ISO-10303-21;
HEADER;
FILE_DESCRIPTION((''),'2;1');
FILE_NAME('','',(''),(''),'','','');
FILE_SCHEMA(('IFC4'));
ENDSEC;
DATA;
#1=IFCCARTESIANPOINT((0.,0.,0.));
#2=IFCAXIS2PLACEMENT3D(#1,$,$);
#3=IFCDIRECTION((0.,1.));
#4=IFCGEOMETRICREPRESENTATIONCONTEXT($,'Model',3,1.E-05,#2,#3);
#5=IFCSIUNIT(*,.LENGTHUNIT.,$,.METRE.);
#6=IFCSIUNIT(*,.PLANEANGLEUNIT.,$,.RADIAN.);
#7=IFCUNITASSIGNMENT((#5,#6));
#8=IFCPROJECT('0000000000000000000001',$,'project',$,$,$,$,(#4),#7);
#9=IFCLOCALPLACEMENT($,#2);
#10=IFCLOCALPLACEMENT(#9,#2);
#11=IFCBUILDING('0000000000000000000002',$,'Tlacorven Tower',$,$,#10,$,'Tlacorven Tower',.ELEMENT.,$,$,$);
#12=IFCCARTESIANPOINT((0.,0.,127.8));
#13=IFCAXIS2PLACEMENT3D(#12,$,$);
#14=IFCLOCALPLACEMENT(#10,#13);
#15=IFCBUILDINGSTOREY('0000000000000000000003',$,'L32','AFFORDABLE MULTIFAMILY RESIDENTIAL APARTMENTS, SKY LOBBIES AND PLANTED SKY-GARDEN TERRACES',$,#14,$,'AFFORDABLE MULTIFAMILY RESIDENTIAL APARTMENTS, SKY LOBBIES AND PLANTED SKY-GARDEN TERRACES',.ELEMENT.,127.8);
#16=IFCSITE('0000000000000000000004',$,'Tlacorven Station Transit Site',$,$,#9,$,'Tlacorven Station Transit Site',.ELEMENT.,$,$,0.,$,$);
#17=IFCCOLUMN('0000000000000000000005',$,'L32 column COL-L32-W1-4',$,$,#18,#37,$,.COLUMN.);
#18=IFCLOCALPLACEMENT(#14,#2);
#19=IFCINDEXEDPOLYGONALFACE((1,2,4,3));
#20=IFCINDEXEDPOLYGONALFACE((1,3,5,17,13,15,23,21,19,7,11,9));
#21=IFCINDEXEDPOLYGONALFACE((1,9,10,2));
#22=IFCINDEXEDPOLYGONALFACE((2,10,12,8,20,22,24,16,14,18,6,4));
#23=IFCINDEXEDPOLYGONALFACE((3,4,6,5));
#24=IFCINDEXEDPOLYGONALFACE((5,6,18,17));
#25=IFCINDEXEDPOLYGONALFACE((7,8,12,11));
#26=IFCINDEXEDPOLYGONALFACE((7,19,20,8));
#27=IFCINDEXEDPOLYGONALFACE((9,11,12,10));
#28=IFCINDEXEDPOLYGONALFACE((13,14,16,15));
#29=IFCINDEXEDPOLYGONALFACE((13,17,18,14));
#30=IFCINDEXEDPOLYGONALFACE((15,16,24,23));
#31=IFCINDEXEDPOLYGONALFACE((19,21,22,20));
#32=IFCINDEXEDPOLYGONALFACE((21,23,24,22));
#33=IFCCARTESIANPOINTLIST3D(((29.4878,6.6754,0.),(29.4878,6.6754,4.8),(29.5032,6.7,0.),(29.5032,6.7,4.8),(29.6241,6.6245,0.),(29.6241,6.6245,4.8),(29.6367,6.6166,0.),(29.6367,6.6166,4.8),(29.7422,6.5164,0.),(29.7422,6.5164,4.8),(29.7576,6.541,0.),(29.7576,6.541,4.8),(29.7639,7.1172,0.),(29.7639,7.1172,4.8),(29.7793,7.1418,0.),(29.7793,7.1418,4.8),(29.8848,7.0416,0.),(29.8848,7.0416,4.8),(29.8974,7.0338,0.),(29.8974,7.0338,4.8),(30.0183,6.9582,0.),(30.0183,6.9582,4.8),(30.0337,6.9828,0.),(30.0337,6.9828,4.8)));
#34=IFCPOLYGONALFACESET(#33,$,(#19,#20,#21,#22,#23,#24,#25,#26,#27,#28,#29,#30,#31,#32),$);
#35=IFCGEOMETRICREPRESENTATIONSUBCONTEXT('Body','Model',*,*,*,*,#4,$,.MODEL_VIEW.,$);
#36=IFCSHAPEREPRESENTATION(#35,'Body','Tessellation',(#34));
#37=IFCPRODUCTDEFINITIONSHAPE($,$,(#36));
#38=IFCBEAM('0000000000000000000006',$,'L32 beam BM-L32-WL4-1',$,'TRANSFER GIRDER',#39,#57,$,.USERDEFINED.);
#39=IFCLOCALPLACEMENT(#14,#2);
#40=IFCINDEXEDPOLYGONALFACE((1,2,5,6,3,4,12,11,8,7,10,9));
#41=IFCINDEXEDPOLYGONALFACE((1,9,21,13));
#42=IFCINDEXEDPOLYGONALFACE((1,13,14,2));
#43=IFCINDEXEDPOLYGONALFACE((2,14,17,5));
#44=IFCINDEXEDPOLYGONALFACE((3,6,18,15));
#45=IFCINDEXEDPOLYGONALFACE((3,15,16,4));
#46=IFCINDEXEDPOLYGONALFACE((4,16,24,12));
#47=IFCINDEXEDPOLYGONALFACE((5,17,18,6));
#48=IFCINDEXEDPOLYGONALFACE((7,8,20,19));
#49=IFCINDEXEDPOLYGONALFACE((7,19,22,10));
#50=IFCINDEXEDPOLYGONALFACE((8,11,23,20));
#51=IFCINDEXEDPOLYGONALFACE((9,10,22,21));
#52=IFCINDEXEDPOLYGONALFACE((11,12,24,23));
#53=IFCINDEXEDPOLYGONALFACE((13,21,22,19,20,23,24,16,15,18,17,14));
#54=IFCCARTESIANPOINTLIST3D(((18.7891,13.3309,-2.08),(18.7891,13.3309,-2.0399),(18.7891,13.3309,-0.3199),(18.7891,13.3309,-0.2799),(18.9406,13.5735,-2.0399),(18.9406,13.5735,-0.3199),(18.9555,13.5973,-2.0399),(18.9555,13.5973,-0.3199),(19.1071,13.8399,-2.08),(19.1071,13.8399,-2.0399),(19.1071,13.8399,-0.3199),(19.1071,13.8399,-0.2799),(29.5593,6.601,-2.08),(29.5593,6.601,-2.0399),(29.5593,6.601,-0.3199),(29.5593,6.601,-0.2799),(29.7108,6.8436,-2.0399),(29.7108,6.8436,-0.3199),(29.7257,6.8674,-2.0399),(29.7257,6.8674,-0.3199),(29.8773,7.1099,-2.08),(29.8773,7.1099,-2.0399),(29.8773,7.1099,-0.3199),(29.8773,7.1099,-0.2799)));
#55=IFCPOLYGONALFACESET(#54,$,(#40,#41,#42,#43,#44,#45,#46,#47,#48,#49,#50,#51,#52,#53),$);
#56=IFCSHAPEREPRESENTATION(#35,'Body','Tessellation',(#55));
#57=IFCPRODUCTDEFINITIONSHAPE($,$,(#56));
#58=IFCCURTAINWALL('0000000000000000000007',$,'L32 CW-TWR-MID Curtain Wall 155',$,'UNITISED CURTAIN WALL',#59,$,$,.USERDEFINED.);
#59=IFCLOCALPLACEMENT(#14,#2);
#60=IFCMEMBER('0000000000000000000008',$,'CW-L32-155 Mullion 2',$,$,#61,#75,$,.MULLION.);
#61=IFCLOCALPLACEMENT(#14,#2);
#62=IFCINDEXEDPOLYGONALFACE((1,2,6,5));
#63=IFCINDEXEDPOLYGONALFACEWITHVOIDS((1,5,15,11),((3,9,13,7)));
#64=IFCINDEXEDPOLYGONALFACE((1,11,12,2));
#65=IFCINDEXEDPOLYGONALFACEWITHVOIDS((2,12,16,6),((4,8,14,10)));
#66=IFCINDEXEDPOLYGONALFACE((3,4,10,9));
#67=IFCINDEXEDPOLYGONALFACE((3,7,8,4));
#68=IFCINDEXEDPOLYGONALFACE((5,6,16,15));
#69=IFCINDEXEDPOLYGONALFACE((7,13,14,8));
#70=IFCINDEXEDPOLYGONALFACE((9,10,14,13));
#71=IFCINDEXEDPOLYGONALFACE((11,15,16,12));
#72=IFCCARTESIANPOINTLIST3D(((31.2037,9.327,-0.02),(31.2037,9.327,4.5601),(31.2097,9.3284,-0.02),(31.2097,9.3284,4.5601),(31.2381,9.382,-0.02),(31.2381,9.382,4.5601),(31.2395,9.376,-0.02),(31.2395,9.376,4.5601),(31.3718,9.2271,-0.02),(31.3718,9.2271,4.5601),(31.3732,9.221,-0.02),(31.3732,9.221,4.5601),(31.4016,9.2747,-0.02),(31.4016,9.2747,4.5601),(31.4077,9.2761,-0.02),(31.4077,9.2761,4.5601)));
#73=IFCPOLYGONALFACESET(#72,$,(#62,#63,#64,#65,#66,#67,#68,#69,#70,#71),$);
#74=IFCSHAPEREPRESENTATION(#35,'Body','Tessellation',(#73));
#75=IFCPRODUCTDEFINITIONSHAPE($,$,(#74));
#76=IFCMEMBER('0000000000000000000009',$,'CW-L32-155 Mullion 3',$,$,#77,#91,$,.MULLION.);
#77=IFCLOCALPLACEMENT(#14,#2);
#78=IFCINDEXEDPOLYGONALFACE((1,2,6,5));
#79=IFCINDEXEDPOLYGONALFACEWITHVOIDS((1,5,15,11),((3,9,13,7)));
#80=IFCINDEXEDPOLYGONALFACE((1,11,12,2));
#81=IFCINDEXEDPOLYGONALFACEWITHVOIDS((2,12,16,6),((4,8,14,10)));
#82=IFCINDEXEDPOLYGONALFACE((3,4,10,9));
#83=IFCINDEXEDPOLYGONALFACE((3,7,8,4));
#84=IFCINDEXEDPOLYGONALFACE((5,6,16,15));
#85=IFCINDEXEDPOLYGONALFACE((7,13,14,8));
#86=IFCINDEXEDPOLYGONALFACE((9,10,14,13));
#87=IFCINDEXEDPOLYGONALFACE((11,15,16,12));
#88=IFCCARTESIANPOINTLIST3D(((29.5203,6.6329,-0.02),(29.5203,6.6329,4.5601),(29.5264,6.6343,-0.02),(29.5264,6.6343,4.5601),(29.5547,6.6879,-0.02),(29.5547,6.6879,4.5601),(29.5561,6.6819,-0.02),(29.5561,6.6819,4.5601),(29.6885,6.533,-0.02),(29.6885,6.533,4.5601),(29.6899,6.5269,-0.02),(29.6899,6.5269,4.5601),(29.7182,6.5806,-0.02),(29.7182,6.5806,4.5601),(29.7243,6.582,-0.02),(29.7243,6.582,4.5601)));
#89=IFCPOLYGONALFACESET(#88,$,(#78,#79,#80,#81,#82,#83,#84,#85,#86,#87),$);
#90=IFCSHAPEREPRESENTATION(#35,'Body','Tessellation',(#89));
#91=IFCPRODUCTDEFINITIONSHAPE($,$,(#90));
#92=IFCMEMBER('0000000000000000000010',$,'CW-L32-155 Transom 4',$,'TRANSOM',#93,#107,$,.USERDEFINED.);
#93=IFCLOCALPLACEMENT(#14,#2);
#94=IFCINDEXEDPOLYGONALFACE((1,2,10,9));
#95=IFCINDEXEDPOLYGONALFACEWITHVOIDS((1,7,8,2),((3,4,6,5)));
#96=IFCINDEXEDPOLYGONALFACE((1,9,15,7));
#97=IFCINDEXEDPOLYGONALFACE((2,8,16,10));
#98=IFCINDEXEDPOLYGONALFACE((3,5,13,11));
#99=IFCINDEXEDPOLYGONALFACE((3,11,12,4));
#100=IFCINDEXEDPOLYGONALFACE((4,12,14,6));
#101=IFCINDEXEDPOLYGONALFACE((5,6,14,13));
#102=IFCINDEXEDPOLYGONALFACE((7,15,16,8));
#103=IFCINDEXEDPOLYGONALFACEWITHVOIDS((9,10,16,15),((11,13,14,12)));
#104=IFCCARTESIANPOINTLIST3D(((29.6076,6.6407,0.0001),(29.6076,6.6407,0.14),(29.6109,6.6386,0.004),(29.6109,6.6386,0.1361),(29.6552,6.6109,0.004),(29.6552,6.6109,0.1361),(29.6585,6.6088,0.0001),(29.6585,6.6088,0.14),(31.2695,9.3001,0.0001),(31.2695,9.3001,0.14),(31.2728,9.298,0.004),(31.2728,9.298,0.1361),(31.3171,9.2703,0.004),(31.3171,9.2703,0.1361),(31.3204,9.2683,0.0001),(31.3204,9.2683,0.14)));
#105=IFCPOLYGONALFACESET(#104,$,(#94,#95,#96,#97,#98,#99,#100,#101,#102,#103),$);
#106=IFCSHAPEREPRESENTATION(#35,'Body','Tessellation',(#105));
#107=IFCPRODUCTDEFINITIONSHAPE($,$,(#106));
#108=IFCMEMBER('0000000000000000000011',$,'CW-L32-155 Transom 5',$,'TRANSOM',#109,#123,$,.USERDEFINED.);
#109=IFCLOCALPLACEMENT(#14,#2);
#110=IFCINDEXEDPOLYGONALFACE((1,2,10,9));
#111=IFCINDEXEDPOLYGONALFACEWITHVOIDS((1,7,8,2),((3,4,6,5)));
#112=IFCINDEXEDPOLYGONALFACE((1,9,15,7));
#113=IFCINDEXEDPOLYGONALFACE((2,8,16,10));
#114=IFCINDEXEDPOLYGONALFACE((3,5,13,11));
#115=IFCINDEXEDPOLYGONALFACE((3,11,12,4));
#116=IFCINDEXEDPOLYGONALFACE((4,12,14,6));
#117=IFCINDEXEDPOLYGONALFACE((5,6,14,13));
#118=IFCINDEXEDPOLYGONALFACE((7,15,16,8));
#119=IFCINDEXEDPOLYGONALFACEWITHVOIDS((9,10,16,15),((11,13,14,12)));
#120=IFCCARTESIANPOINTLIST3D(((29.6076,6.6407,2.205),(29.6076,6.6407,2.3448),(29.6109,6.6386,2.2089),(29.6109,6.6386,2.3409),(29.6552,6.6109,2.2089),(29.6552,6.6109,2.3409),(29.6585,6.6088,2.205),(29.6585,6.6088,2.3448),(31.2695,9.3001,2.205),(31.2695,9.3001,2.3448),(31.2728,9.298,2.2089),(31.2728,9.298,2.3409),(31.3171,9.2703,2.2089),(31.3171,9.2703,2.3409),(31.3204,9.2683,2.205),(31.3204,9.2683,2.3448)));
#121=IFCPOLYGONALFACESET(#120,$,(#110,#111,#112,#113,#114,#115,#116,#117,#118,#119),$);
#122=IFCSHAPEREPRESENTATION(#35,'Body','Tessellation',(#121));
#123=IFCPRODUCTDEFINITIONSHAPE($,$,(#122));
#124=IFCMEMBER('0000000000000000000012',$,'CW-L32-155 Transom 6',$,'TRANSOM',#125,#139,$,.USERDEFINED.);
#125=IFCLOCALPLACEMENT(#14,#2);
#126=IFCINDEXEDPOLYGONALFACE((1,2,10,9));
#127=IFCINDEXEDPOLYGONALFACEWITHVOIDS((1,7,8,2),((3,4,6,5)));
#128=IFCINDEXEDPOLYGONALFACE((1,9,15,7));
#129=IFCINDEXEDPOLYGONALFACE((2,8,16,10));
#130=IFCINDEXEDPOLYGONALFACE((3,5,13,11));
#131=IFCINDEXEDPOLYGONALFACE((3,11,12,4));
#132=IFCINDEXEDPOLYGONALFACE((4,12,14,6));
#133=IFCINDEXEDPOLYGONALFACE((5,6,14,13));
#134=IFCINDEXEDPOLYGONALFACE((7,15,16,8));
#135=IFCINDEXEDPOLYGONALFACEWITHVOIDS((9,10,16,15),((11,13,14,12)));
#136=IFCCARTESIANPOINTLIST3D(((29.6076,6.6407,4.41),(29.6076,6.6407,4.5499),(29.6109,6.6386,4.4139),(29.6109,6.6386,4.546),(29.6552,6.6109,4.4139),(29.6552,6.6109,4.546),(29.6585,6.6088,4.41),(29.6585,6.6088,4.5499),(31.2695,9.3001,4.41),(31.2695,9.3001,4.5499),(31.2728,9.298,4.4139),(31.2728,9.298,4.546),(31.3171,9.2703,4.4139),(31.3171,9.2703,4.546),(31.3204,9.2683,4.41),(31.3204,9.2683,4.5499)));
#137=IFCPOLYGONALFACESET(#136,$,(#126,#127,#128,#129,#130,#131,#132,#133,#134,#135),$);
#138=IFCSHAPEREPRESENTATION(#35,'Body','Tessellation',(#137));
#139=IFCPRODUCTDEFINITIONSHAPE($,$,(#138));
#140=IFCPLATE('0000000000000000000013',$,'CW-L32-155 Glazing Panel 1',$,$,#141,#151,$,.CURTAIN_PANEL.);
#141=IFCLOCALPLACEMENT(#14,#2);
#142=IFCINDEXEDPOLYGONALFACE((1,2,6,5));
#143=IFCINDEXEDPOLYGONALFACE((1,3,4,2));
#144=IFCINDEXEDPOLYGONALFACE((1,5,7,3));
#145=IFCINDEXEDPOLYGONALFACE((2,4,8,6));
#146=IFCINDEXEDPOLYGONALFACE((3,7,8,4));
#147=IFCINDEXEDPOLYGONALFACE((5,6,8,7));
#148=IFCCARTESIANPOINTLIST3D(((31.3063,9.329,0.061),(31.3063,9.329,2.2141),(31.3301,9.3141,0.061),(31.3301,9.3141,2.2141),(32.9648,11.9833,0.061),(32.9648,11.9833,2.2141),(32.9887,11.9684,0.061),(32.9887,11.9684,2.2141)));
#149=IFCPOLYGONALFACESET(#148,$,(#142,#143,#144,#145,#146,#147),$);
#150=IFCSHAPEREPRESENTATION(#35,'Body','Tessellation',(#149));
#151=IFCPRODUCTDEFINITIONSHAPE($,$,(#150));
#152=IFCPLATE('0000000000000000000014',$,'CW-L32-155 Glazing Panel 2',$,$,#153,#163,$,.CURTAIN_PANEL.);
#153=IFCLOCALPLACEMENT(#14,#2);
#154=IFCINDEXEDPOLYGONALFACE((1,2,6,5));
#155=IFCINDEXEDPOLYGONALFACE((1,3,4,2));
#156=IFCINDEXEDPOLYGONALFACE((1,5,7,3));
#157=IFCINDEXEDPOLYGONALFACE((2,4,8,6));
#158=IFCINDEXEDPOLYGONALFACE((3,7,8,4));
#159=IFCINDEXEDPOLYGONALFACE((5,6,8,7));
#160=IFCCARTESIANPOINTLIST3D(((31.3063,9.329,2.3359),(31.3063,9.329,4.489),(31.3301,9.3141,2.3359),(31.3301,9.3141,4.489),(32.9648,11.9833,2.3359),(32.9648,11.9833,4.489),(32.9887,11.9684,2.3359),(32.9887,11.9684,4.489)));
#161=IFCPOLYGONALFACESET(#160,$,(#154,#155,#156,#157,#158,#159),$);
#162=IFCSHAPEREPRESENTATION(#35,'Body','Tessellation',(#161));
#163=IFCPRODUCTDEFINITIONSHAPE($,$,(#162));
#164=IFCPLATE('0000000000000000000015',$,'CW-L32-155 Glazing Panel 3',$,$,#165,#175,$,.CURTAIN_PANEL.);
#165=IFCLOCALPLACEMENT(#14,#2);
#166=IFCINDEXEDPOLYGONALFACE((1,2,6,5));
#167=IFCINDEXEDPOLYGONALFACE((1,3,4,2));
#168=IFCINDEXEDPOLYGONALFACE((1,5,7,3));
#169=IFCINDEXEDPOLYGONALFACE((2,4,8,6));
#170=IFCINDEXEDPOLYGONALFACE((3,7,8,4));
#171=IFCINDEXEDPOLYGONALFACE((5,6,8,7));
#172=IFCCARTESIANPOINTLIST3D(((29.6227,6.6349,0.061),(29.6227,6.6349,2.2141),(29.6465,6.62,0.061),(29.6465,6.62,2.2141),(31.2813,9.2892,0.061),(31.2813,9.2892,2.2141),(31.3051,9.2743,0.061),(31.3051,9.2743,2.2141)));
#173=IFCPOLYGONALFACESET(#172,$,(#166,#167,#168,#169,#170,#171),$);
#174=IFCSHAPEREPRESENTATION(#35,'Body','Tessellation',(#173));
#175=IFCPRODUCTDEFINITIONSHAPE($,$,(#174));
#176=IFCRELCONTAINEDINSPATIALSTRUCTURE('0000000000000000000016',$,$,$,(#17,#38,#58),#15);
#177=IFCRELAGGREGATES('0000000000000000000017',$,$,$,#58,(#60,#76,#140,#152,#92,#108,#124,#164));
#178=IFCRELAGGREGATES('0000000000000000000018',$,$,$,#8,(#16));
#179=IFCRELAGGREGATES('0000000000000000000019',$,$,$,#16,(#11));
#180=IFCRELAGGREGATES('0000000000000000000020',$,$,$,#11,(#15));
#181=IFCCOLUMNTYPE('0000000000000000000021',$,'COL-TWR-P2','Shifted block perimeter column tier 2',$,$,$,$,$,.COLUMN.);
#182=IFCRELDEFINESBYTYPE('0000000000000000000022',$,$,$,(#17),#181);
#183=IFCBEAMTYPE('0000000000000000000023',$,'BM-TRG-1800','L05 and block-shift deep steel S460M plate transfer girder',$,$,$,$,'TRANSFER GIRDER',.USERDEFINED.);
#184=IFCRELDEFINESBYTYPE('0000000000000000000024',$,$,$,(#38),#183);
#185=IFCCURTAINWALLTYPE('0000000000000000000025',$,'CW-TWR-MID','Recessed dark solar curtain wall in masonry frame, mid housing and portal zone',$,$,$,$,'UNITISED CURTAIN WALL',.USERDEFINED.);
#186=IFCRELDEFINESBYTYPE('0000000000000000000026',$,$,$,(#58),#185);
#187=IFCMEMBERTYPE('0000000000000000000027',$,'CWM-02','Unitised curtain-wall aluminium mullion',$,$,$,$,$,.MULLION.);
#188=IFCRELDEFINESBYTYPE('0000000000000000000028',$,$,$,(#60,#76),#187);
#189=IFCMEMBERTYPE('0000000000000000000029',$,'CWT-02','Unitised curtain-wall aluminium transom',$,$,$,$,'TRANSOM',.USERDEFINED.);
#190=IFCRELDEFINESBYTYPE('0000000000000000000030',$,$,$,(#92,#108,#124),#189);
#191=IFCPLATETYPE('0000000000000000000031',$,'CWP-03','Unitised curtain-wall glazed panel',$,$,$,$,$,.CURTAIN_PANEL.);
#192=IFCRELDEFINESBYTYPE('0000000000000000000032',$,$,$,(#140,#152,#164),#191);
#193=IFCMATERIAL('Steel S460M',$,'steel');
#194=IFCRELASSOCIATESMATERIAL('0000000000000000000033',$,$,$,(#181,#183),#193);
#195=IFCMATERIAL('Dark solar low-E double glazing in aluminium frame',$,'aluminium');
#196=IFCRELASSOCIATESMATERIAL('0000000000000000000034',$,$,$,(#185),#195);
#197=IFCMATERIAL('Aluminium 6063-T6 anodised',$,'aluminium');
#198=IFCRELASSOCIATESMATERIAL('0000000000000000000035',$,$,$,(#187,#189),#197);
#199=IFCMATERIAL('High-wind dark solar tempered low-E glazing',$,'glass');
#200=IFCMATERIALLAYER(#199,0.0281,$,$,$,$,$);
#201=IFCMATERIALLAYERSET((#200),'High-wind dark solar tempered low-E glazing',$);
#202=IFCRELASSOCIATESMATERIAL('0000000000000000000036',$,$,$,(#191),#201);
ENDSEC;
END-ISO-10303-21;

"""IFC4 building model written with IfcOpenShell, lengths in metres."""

from ifc_helpers import new_model, si_unit, direction, frame, origin, origin_2d, place, context, subcontext, project, spatial, rectangle, hollow_rectangle, i_section, extrude, source, transform, mapped, material, layer, layer_set, material_profile, profile_set, type_object, element, aggregate, save


model = new_model("IFC4")

# Units and contexts
model_context = context("Model", 3, precision=1e-05, world=origin(), true_north=direction((0.0, 1.0)))
body_context = subcontext(model_context, "Body", "Model", "MODEL_VIEW")
ifc_project = project(units=[si_unit("LENGTHUNIT", "METRE"), si_unit("PLANEANGLEUNIT", "RADIAN")], contexts=[model_context])

# Site, building, storey
site_placement = place(None, origin())
site = spatial("IfcSite", under=ifc_project, at=site_placement, Name="Tlacorven Station Transit Site", LongName="Tlacorven Station Transit Site", CompositionType="ELEMENT", RefElevation=0.0)
building_placement = place(site_placement, origin())
building = spatial("IfcBuilding", under=site, at=building_placement, Name="Tlacorven Tower", LongName="Tlacorven Tower", CompositionType="ELEMENT")
storey_placement = place(building_placement, frame((0.0, 0.0, 127.8)))
storey = spatial("IfcBuildingStorey", under=building, at=storey_placement, Name="L32", Description="AFFORDABLE MULTIFAMILY RESIDENTIAL APARTMENTS, SKY LOBBIES AND PLANTED SKY-GARDEN TERRACES", LongName="AFFORDABLE MULTIFAMILY RESIDENTIAL APARTMENTS, SKY LOBBIES AND PLANTED SKY-GARDEN TERRACES", CompositionType="ELEMENT", Elevation=127.8)

# Column
ifc_material_1 = material(Name="Steel S460M", Category="steel")
ifc_material_profile_1 = material_profile(ifc_material_1, i_section(OverallWidth=0.3, OverallDepth=0.55, WebThickness=0.0149, FlangeThickness=0.0291, at=origin_2d()), Name="HEB 550")
ifc_profile_set_1 = profile_set([ifc_material_profile_1], Name="Steel S460M")
column_type = type_object("IfcColumnType", Name="COL-TWR-P2", Description="Shifted block perimeter column tier 2", PredefinedType="COLUMN", material=ifc_profile_set_1)
shared_shape_1 = source(origin(), body_context, "Body", "SweptSolid", [
    extrude(i_section(OverallWidth=0.3, OverallDepth=0.55, WebThickness=0.0149, FlangeThickness=0.0291, at=origin_2d()), origin(), (0.0, 0.0, 1.0), 4.8),
])
column_placement = place(storey_placement, frame((29.7607, 6.8291, 0.0), z_axis=(0.0, 0.0, 1.0), x_axis=(-0.848048, 0.529919, 0.0)))
element("IfcColumn", 1, at=column_placement, inside=storey, type_object=column_type, Name="L32 column COL-L32-W1-4", PredefinedType="COLUMN", context=body_context, shape_type="MappedRepresentation", body=[
    mapped(shared_shape_1, transform((0.0, 0.0, 0.0), scale=1.0)),
])

# Beam
ifc_material_profile_2 = material_profile(ifc_material_1, i_section(OverallWidth=0.6001, OverallDepth=1.8, WebThickness=0.0281, FlangeThickness=0.04, at=origin_2d()), Name="PG 1800X600X28X40")
ifc_profile_set_2 = profile_set([ifc_material_profile_2], Name="Steel S460M")
beam_type = type_object("IfcBeamType", Name="BM-TRG-1800", Description="L05 and block-shift deep steel S460M plate transfer girder", ElementType="TRANSFER GIRDER", PredefinedType="USERDEFINED", material=ifc_profile_set_2)
shared_shape_2 = source(origin(), body_context, "Body", "SweptSolid", [
    extrude(i_section(OverallWidth=0.6001, OverallDepth=1.8, WebThickness=0.0281, FlangeThickness=0.04, at=origin_2d()), origin(), (0.0, 0.0, 1.0), 12.7),
])
beam_placement = place(storey_placement, frame((29.7183, 6.8555, -1.1799), z_axis=(-0.848049, 0.529918, 0.0), x_axis=(-0.529918, -0.848049, 0.0)))
element("IfcBeam", 2, at=beam_placement, inside=storey, type_object=beam_type, Name="L32 beam BM-L32-WL4-1", ObjectType="TRANSFER GIRDER", PredefinedType="USERDEFINED", context=body_context, shape_type="MappedRepresentation", body=[
    mapped(shared_shape_2, transform((0.0, 0.0, 0.0), scale=1.0)),
])

# Curtain wall, members, plates
ifc_material_2 = material(Name="Dark solar low-E double glazing in aluminium frame", Category="aluminium")
curtain_wall_type = type_object("IfcCurtainWallType", Name="CW-TWR-MID", Description="Recessed dark solar curtain wall in masonry frame, mid housing and portal zone", ElementType="UNITISED CURTAIN WALL", PredefinedType="USERDEFINED", material=ifc_material_2)
curtain_wall_placement = place(storey_placement, origin())
curtain_wall = element("IfcCurtainWall", 3, at=curtain_wall_placement, inside=storey, type_object=curtain_wall_type, Name="L32 CW-TWR-MID Curtain Wall 155", ObjectType="UNITISED CURTAIN WALL", PredefinedType="USERDEFINED")
ifc_material_3 = material(Name="Aluminium 6063-T6 anodised", Category="aluminium")
ifc_material_profile_3 = material_profile(ifc_material_3, hollow_rectangle(XDim=0.0649, YDim=0.2, WallThickness=0.0044, at=origin_2d()), Name="ALU MULLION 65X200")
ifc_profile_set_3 = profile_set([ifc_material_profile_3], Name="Aluminium 6063-T6 anodised")
member_type_1 = type_object("IfcMemberType", Name="CWM-02", Description="Unitised curtain-wall aluminium mullion", PredefinedType="MULLION", material=ifc_profile_set_3)
shared_shape_3 = source(origin(), body_context, "Body", "SweptSolid", [
    extrude(hollow_rectangle(XDim=0.0649, YDim=0.2, WallThickness=0.0044, at=origin_2d()), origin(), (0.0, 0.0, 1.0), 4.5801),
])
member_1_placement = place(storey_placement, frame((31.3057, 9.3015, -0.02), z_axis=(0.0, 0.0, 1.0), x_axis=(-0.529919, -0.848048, 0.0)))
member_1 = element("IfcMember", 4, at=member_1_placement, type_object=member_type_1, Name="CW-L32-155 Mullion 2", PredefinedType="MULLION", context=body_context, shape_type="MappedRepresentation", body=[
    mapped(shared_shape_3, transform((0.0, 0.0, 0.0), scale=1.0)),
])
member_2_placement = place(storey_placement, frame((29.6223, 6.6074, -0.02), z_axis=(0.0, 0.0, 1.0), x_axis=(-0.529919, -0.848048, 0.0)))
member_2 = element("IfcMember", 5, at=member_2_placement, type_object=member_type_1, Name="CW-L32-155 Mullion 3", PredefinedType="MULLION", context=body_context, shape_type="MappedRepresentation", body=[
    mapped(shared_shape_3, transform((0.0, 0.0, 0.0), scale=1.0)),
])
ifc_material_profile_4 = material_profile(ifc_material_3, hollow_rectangle(XDim=0.0601, YDim=0.1399, WallThickness=0.0039, at=origin_2d()), Name="ALU TRANSOM 60X140")
ifc_profile_set_4 = profile_set([ifc_material_profile_4], Name="Aluminium 6063-T6 anodised")
member_type_2 = type_object("IfcMemberType", Name="CWT-02", Description="Unitised curtain-wall aluminium transom", ElementType="TRANSOM", PredefinedType="USERDEFINED", material=ifc_profile_set_4)
shared_shape_4 = source(origin(), body_context, "Body", "SweptSolid", [
    extrude(hollow_rectangle(XDim=0.0601, YDim=0.1399, WallThickness=0.0039, at=origin_2d()), origin(), (0.0, 0.0, 1.0), 3.136),
])
member_3_placement = place(storey_placement, frame((31.2949, 9.2842, 0.0701), z_axis=(-0.529936, -0.848038, 0.0), x_axis=(0.848038, -0.529936, 0.0)))
member_3 = element("IfcMember", 6, at=member_3_placement, type_object=member_type_2, Name="CW-L32-155 Transom 4", ObjectType="TRANSOM", PredefinedType="USERDEFINED", context=body_context, shape_type="MappedRepresentation", body=[
    mapped(shared_shape_4, transform((0.0, 0.0, 0.0), scale=1.0)),
])
member_4_placement = place(storey_placement, frame((31.2949, 9.2842, 2.2749), z_axis=(-0.529936, -0.848038, 0.0), x_axis=(0.848038, -0.529936, 0.0)))
member_4 = element("IfcMember", 7, at=member_4_placement, type_object=member_type_2, Name="CW-L32-155 Transom 5", ObjectType="TRANSOM", PredefinedType="USERDEFINED", context=body_context, shape_type="MappedRepresentation", body=[
    mapped(shared_shape_4, transform((0.0, 0.0, 0.0), scale=1.0)),
])
member_5_placement = place(storey_placement, frame((31.2949, 9.2842, 4.48), z_axis=(-0.529936, -0.848038, 0.0), x_axis=(0.848038, -0.529936, 0.0)))
member_5 = element("IfcMember", 8, at=member_5_placement, type_object=member_type_2, Name="CW-L32-155 Transom 6", ObjectType="TRANSOM", PredefinedType="USERDEFINED", context=body_context, shape_type="MappedRepresentation", body=[
    mapped(shared_shape_4, transform((0.0, 0.0, 0.0), scale=1.0)),
])
ifc_material_4 = material(Name="High-wind dark solar tempered low-E glazing", Category="glass")
ifc_layer_1 = layer(ifc_material_4, 0.0281)
ifc_layer_set_1 = layer_set([ifc_layer_1], Name="High-wind dark solar tempered low-E glazing")
plate_type = type_object("IfcPlateType", Name="CWP-03", Description="Unitised curtain-wall glazed panel", PredefinedType="CURTAIN_PANEL", material=ifc_layer_set_1)
shared_shape_5 = source(origin(), body_context, "Body", "SweptSolid", [
    extrude(rectangle(XDim=3.1299, YDim=0.0281, at=origin_2d()), origin(), (0.0, 0.0, 1.0), 2.1531),
])
plate_1_placement = place(storey_placement, frame((32.1475, 10.6487, 0.061), z_axis=(0.0, 0.0, 1.0), x_axis=(-0.529919, -0.848048, 0.0)))
plate_1 = element("IfcPlate", 9, at=plate_1_placement, type_object=plate_type, Name="CW-L32-155 Glazing Panel 1", PredefinedType="CURTAIN_PANEL", context=body_context, shape_type="MappedRepresentation", body=[
    mapped(shared_shape_5, transform((0.0, 0.0, 0.0), scale=1.0)),
])
plate_2_placement = place(storey_placement, frame((32.1475, 10.6487, 2.3359), z_axis=(0.0, 0.0, 1.0), x_axis=(-0.529919, -0.848048, 0.0)))
plate_2 = element("IfcPlate", 10, at=plate_2_placement, type_object=plate_type, Name="CW-L32-155 Glazing Panel 2", PredefinedType="CURTAIN_PANEL", context=body_context, shape_type="MappedRepresentation", body=[
    mapped(shared_shape_5, transform((0.0, 0.0, 0.0), scale=1.0)),
])
plate_3_placement = place(storey_placement, frame((30.4639, 7.9546, 0.061), z_axis=(0.0, 0.0, 1.0), x_axis=(-0.529919, -0.848048, 0.0)))
plate_3 = element("IfcPlate", 11, at=plate_3_placement, type_object=plate_type, Name="CW-L32-155 Glazing Panel 3", PredefinedType="CURTAIN_PANEL", context=body_context, shape_type="MappedRepresentation", body=[
    mapped(shared_shape_5, transform((0.0, 0.0, 0.0), scale=1.0)),
])
aggregate(curtain_wall, [member_1, member_2, plate_1, plate_2, member_3, member_4, member_5, plate_3])

save(model, "model.ifc")
